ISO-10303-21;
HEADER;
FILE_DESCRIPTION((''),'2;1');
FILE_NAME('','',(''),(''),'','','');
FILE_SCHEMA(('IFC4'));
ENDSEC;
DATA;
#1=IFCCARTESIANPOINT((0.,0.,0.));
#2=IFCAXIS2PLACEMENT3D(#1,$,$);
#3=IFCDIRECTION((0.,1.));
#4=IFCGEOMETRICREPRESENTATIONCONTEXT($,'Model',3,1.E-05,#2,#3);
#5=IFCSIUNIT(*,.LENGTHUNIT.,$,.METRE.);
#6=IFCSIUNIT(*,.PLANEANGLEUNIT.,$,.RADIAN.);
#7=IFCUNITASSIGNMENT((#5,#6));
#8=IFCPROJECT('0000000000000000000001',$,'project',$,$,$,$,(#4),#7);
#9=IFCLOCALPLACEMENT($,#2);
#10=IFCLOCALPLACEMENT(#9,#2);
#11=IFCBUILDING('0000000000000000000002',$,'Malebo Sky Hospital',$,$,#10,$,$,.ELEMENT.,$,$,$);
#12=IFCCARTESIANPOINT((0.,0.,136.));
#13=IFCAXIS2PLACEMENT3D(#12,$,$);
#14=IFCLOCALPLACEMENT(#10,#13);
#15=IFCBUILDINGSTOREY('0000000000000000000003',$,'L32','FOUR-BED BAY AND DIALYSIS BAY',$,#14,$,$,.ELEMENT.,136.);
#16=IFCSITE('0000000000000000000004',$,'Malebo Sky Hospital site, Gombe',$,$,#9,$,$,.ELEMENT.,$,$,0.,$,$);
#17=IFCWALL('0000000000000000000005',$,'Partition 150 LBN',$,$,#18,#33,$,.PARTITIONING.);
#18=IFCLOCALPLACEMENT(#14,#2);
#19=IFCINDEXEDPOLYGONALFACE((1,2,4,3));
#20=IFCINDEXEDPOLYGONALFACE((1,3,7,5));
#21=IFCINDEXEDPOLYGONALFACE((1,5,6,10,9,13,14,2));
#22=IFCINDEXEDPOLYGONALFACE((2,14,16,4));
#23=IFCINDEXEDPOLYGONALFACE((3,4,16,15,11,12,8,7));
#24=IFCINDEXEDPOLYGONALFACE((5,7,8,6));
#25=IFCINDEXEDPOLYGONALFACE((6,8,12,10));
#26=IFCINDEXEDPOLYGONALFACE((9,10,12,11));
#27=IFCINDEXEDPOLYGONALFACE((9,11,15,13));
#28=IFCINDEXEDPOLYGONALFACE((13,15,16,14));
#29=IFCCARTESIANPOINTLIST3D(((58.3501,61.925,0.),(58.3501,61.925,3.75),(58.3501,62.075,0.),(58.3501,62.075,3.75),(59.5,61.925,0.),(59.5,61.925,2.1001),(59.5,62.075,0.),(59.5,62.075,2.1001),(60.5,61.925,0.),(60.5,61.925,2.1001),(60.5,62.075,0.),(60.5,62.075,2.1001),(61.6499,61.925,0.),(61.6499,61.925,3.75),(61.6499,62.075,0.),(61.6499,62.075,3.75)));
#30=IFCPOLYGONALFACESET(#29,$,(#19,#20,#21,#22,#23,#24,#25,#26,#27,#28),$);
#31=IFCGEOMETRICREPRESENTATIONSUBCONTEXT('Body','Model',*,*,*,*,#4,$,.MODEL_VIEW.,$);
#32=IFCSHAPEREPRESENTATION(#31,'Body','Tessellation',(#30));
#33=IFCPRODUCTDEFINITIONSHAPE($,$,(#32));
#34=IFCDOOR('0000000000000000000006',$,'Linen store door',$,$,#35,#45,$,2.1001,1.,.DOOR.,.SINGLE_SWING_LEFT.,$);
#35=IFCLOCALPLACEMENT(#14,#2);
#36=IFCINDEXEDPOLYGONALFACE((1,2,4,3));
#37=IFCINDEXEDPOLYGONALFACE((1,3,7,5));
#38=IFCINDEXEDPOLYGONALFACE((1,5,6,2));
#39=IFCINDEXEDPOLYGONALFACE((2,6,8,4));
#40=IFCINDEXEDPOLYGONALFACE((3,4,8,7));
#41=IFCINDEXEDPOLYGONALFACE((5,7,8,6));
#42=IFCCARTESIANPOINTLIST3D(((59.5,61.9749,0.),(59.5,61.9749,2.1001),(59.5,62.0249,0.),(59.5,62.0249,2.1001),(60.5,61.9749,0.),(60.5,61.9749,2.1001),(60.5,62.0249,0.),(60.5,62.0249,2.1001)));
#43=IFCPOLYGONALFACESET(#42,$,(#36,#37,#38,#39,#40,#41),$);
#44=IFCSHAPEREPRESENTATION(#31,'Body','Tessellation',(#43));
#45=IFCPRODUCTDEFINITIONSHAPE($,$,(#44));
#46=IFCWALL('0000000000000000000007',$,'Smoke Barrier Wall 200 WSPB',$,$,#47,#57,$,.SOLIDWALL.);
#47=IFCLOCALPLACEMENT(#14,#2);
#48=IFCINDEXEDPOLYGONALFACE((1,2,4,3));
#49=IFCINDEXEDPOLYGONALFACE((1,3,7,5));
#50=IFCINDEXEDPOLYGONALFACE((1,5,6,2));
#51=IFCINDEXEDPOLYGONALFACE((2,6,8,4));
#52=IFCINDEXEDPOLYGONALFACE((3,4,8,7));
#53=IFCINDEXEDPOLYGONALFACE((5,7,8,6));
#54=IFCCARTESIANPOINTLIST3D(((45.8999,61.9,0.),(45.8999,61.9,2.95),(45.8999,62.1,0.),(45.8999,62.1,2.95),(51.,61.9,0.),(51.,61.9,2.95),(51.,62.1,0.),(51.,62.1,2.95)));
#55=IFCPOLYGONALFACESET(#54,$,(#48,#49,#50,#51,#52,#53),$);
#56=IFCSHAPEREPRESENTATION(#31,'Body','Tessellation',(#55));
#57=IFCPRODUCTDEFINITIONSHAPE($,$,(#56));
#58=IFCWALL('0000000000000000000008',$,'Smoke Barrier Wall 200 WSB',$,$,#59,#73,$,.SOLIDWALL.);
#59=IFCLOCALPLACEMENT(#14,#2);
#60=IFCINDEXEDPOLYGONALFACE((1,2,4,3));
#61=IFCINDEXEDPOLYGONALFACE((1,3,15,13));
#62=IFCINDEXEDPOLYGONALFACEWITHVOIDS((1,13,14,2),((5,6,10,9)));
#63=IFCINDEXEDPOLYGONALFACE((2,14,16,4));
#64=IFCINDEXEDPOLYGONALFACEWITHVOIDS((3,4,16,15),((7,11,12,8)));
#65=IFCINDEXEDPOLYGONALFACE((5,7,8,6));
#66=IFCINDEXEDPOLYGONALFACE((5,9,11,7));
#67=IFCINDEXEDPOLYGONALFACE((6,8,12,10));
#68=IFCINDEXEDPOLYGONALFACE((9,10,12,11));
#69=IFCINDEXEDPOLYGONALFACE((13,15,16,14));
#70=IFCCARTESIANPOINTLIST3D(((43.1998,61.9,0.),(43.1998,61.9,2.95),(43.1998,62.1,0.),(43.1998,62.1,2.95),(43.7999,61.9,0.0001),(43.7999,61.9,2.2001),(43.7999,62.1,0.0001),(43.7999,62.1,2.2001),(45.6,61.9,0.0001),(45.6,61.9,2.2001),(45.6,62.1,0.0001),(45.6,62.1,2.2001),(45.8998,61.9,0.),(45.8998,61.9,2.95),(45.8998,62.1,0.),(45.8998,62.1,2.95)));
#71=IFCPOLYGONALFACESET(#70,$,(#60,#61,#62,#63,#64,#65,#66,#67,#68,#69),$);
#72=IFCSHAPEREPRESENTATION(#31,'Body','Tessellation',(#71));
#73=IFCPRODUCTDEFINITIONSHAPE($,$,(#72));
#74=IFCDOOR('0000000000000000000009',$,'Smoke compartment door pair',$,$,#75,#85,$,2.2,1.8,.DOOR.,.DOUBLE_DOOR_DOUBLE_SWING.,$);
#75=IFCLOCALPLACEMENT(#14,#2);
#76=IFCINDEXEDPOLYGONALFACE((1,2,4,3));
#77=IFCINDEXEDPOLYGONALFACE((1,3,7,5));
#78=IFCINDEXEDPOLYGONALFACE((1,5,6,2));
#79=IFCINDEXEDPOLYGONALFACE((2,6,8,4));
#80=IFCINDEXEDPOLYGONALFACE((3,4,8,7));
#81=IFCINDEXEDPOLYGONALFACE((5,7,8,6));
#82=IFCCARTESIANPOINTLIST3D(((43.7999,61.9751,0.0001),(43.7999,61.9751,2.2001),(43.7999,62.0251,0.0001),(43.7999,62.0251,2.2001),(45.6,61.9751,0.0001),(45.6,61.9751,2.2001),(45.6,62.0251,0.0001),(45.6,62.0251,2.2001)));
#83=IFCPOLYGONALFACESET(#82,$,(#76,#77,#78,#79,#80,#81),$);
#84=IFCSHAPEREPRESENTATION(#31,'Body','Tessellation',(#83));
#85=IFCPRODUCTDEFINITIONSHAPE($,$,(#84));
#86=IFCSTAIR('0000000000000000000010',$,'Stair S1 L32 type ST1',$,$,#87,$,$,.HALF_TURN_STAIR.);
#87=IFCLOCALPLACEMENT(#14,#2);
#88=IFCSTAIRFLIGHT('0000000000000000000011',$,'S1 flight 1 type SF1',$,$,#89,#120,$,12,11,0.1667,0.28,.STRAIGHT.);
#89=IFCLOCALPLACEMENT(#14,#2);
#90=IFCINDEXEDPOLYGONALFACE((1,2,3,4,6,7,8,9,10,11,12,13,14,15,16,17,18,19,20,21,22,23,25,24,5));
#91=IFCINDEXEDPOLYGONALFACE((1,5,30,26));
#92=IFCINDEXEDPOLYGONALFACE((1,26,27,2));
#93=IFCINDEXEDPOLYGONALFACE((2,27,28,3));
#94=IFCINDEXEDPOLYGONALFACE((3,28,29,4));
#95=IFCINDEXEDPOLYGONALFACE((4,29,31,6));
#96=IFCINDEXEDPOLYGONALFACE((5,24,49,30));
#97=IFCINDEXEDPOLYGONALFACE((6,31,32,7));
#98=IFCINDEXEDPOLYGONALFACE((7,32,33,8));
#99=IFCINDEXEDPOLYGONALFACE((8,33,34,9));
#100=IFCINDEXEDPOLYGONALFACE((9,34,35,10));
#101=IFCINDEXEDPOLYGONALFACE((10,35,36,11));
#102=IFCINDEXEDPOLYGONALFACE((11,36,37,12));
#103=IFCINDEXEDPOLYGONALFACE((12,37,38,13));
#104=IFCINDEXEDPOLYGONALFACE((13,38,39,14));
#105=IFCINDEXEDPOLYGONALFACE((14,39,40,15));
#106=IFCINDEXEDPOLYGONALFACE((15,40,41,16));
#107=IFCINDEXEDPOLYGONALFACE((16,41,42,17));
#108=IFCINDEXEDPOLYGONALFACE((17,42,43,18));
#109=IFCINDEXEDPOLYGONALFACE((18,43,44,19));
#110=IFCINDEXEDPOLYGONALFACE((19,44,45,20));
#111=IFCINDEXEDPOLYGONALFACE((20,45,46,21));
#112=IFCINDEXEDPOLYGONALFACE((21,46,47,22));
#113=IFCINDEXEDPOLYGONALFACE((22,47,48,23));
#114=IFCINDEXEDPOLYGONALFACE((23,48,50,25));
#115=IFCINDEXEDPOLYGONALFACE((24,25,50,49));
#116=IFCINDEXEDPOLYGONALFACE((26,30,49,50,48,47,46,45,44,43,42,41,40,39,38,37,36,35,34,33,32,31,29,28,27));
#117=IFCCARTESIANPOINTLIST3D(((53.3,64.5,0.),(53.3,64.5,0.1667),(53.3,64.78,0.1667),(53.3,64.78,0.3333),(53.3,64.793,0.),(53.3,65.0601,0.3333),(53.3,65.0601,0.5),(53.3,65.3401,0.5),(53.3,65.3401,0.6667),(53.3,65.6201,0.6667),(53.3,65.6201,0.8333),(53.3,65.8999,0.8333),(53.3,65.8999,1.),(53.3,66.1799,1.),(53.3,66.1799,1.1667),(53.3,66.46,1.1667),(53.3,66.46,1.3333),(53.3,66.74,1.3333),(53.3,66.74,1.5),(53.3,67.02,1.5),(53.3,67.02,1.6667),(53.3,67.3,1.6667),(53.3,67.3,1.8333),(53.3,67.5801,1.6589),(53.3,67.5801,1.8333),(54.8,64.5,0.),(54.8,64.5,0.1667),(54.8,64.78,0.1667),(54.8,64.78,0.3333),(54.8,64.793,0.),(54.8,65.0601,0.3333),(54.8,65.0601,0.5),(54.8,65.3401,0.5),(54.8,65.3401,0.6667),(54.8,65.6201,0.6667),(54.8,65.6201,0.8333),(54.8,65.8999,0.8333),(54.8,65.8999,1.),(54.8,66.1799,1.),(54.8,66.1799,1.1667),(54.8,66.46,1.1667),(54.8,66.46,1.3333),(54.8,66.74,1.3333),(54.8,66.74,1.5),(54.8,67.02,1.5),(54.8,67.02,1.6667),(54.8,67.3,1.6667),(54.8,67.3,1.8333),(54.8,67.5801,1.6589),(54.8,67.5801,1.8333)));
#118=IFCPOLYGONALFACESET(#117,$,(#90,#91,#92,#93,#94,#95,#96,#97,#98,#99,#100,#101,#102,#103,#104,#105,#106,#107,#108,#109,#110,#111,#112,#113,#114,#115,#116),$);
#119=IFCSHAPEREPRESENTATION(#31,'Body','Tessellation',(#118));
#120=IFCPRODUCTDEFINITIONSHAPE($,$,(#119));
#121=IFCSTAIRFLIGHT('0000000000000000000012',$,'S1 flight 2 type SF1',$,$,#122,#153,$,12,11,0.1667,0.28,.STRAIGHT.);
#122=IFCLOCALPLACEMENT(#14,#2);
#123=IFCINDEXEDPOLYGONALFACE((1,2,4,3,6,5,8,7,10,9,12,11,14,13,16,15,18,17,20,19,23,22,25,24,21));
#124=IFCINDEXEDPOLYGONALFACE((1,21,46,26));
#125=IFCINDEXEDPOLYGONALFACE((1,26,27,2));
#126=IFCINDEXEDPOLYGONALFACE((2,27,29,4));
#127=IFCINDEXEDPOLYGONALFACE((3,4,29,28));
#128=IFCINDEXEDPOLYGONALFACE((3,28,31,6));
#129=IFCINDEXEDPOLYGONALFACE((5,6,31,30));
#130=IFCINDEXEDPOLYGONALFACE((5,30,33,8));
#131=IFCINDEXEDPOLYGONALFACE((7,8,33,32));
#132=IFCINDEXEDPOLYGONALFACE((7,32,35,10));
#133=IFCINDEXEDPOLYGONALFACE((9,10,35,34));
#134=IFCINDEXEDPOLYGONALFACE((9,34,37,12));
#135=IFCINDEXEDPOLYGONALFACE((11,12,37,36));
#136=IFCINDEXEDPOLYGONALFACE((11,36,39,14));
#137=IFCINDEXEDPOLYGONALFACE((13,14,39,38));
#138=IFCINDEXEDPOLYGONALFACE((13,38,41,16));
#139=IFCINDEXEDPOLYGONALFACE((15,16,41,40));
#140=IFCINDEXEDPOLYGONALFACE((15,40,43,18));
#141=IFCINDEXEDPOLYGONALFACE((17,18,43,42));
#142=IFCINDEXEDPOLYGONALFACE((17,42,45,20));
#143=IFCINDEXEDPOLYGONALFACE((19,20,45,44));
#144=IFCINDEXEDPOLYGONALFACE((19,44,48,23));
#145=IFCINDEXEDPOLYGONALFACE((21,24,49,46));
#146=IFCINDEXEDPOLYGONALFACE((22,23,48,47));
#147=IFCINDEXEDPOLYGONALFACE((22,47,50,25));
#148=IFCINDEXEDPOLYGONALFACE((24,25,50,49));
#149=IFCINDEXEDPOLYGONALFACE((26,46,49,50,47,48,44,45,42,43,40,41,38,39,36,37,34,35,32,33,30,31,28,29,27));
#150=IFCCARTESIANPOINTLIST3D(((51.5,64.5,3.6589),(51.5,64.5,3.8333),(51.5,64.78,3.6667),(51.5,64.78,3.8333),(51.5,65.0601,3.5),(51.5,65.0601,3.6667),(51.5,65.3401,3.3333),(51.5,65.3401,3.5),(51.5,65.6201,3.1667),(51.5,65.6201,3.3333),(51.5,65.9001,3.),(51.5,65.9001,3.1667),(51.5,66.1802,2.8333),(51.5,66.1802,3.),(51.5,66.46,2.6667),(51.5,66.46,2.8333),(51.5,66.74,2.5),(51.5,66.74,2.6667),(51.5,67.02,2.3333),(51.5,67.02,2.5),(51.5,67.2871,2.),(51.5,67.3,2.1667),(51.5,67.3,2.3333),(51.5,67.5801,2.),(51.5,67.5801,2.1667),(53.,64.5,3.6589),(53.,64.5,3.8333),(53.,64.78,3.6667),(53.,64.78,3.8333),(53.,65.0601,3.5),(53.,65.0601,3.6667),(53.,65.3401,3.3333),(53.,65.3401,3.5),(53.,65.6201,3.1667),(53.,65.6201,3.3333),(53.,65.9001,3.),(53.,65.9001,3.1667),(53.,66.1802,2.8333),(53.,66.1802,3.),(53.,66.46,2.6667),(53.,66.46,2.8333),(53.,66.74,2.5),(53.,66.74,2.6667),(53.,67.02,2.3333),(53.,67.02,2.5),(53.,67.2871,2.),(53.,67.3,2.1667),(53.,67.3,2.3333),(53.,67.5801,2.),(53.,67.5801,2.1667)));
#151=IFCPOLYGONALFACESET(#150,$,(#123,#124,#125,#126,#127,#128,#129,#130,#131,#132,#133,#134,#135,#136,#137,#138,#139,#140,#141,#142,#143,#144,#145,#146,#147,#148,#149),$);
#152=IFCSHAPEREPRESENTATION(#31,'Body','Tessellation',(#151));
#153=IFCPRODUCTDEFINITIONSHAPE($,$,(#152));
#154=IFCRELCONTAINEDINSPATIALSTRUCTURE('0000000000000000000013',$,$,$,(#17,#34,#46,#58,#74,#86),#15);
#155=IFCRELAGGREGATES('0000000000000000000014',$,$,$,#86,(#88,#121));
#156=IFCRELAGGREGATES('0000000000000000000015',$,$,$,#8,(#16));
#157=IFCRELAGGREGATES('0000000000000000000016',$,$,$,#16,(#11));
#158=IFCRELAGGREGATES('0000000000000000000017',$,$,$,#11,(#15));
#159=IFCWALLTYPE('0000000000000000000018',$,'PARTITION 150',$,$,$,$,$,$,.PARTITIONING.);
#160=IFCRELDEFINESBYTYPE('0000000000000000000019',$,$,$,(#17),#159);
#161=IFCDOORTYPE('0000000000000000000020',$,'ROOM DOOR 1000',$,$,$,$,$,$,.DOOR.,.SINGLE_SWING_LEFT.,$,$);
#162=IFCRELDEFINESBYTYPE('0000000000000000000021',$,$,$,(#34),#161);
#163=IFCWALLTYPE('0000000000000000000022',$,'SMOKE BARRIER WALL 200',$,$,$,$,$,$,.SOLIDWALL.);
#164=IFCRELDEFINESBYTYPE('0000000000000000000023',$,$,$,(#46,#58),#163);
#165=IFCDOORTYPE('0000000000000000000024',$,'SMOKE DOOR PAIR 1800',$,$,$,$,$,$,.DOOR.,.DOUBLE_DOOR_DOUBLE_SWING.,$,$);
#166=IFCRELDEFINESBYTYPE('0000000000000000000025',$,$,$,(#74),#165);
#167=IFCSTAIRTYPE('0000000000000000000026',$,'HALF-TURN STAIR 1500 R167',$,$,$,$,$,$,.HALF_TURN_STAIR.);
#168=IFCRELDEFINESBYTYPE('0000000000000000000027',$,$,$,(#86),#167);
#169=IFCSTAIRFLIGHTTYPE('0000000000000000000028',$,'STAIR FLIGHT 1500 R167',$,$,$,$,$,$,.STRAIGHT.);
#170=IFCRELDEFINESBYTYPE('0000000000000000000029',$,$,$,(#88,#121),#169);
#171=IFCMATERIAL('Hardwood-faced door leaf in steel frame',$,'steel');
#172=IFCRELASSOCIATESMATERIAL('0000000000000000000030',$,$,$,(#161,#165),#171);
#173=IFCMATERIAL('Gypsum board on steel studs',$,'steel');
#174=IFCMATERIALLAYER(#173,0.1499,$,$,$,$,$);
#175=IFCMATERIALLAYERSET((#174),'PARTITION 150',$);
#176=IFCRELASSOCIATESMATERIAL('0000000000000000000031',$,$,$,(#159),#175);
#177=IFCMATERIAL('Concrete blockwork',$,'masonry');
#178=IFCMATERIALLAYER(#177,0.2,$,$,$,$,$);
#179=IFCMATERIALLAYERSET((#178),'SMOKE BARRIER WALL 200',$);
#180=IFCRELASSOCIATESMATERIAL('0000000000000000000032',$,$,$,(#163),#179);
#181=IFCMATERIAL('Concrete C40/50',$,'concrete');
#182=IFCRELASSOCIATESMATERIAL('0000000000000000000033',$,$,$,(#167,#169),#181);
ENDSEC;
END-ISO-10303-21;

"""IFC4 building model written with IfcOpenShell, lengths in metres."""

from ifc_helpers import new_model, si_unit, direction, frame, frame_2d, origin, place, context, subcontext, project, spatial, polyline, rectangle, outline, extrude, material, layer, layer_set, type_object, element, fill, aggregate, save


model = new_model("IFC4")

# Units and contexts
model_context = context("Model", 3, precision=1e-05, world=origin(), true_north=direction((0.0, 1.0)))
body_context = subcontext(model_context, "Body", "Model", "MODEL_VIEW")
ifc_project = project(units=[si_unit("LENGTHUNIT", "METRE"), si_unit("PLANEANGLEUNIT", "RADIAN")], contexts=[model_context])

# Site, building, storey
site_placement = place(None, origin())
site = spatial("IfcSite", under=ifc_project, at=site_placement, Name="Malebo Sky Hospital site, Gombe", CompositionType="ELEMENT", RefElevation=0.0)
building_placement = place(site_placement, origin())
building = spatial("IfcBuilding", under=site, at=building_placement, Name="Malebo Sky Hospital", CompositionType="ELEMENT")
storey_placement = place(building_placement, frame((0.0, 0.0, 136.0)))
storey = spatial("IfcBuildingStorey", under=building, at=storey_placement, Name="L32", Description="FOUR-BED BAY AND DIALYSIS BAY", CompositionType="ELEMENT", Elevation=136.0)

# Shared definitions
ifc_material_1 = material(Name="Hardwood-faced door leaf in steel frame", Category="steel")

# Shared definitions
ifc_material_2 = material(Name="Gypsum board on steel studs", Category="steel")
door_type_1 = type_object("IfcDoorType", Name="ROOM DOOR 1000", OperationType="SINGLE_SWING_LEFT", PredefinedType="DOOR", material=ifc_material_1)

# Shared definitions
ifc_layer_1 = layer(ifc_material_2, 0.1499)
ifc_layer_set_1 = layer_set([ifc_layer_1], Name="PARTITION 150")
wall_type_1 = type_object("IfcWallType", Name="PARTITION 150", PredefinedType="PARTITIONING", material=ifc_layer_set_1)

# Wall, opening, door
wall_1_placement = place(storey_placement, frame((58.3501, 62.0, 0.0), z_axis=(0.0, 0.0, 1.0), x_axis=(1.0, 0.0, 0.0)))
wall_1 = element("IfcWall", 1, at=wall_1_placement, inside=storey, type_object=wall_type_1, Name="Partition 150 LBN", PredefinedType="PARTITIONING", context=body_context, shape_type="SweptSolid", body=[
    extrude(rectangle(XDim=3.2998, YDim=0.1499, at=frame_2d((1.6499, 0.0))), origin(), (0.0, 0.0, 1.0), 3.75),
])
opening_1_placement = place(wall_1_placement, frame((1.1499, 0.0, 0.0)))
opening_1 = element("IfcOpeningElement", 2, at=opening_1_placement, cuts=wall_1, PredefinedType="OPENING", context=body_context, shape_type="SweptSolid", body=[
    extrude(rectangle(XDim=1.0, YDim=2.1001, at=frame_2d((0.5, 1.05))), frame((0.0, 0.085, 0.0), z_axis=(0.0, -1.0, 0.0), x_axis=(1.0, 0.0, 0.0)), (0.0, 0.0, 1.0), 0.1699),
])
door_1_placement = place(opening_1_placement, origin())
door_1 = element("IfcDoor", 3, at=door_1_placement, inside=storey, type_object=door_type_1, Name="Linen store door", OperationType="SINGLE_SWING_LEFT", OverallHeight=2.1001, OverallWidth=1.0, PredefinedType="DOOR", context=body_context, shape_type="SweptSolid", body=[
    extrude(rectangle(XDim=1.0, YDim=2.1001, at=frame_2d((0.5, 1.05))), frame((0.0, 0.0249, 0.0), z_axis=(0.0, -1.0, 0.0), x_axis=(1.0, 0.0, 0.0)), (0.0, 0.0, 1.0), 0.05),
])
fill(opening_1, door_1)

# Wall
ifc_material_3 = material(Name="Concrete blockwork", Category="masonry")
ifc_layer_2 = layer(ifc_material_3, 0.2)
ifc_layer_set_2 = layer_set([ifc_layer_2], Name="SMOKE BARRIER WALL 200")
wall_type_2 = type_object("IfcWallType", Name="SMOKE BARRIER WALL 200", PredefinedType="SOLIDWALL", material=ifc_layer_set_2)
wall_2_placement = place(storey_placement, frame((51.0, 62.0, 0.0), z_axis=(0.0, 0.0, 1.0), x_axis=(-1.0, 0.0, 0.0)))
element("IfcWall", 4, at=wall_2_placement, inside=storey, type_object=wall_type_2, Name="Smoke Barrier Wall 200 WSPB", PredefinedType="SOLIDWALL", context=body_context, shape_type="SweptSolid", body=[
    extrude(rectangle(XDim=5.1001, YDim=0.2, at=frame_2d((2.55, 0.0))), origin(), (0.0, 0.0, 1.0), 2.95),
])

# Wall, opening, door
wall_3_placement = place(storey_placement, frame((45.8999, 62.0, 0.0), z_axis=(0.0, 0.0, 1.0), x_axis=(-1.0, 0.0, 0.0)))
wall_3 = element("IfcWall", 5, at=wall_3_placement, inside=storey, type_object=wall_type_2, Name="Smoke Barrier Wall 200 WSB", PredefinedType="SOLIDWALL", context=body_context, shape_type="SweptSolid", body=[
    extrude(rectangle(XDim=2.7, YDim=0.2, at=frame_2d((1.3501, 0.0))), origin(), (0.0, 0.0, 1.0), 2.95),
])
opening_2_placement = place(wall_3_placement, frame((0.3, 0.0, 0.0)))
opening_2 = element("IfcOpeningElement", 6, at=opening_2_placement, cuts=wall_3, PredefinedType="OPENING", context=body_context, shape_type="SweptSolid", body=[
    extrude(rectangle(XDim=1.8, YDim=2.2, at=frame_2d((0.8999, 1.1001))), frame((0.0, 0.1099, 0.0), z_axis=(0.0, -1.0, 0.0), x_axis=(1.0, 0.0, 0.0)), (0.0, 0.0, 1.0), 0.22),
])
door_type_2 = type_object("IfcDoorType", Name="SMOKE DOOR PAIR 1800", OperationType="DOUBLE_DOOR_DOUBLE_SWING", PredefinedType="DOOR", material=ifc_material_1)
door_2_placement = place(opening_2_placement, origin())
door_2 = element("IfcDoor", 7, at=door_2_placement, inside=storey, type_object=door_type_2, Name="Smoke compartment door pair", OperationType="DOUBLE_DOOR_DOUBLE_SWING", OverallHeight=2.2, OverallWidth=1.8, PredefinedType="DOOR", context=body_context, shape_type="SweptSolid", body=[
    extrude(rectangle(XDim=1.8, YDim=2.2, at=frame_2d((0.8999, 1.1001))), frame((0.0, 0.0249, 0.0), z_axis=(0.0, -1.0, 0.0), x_axis=(1.0, 0.0, 0.0)), (0.0, 0.0, 1.0), 0.05),
])
fill(opening_2, door_2)

# Stair, stair flights
ifc_material_4 = material(Name="Concrete C40/50", Category="concrete")
stair_type = type_object("IfcStairType", Name="HALF-TURN STAIR 1500 R167", PredefinedType="HALF_TURN_STAIR", material=ifc_material_4)
stair_placement = place(storey_placement, origin())
stair = element("IfcStair", 8, at=stair_placement, inside=storey, type_object=stair_type, Name="Stair S1 L32 type ST1", PredefinedType="HALF_TURN_STAIR")
stair_flight_type = type_object("IfcStairFlightType", Name="STAIR FLIGHT 1500 R167", PredefinedType="STRAIGHT", material=ifc_material_4)
stair_flight_1_placement = place(storey_placement, frame((54.05, 64.5, 0.0), z_axis=(0.0, 0.0, 1.0), x_axis=(0.0, 1.0, 0.0)))
stair_flight_1 = element("IfcStairFlight", 9, at=stair_flight_1_placement, type_object=stair_flight_type, Name="S1 flight 1 type SF1", NumberOfRisers=12, NumberOfTreads=11, PredefinedType="STRAIGHT", RiserHeight=0.1667, TreadLength=0.28, context=body_context, shape_type="SweptSolid", body=[
    extrude(outline(polyline([(0.0, 0.0), (0.0, 0.1667), (0.28, 0.1667), (0.28, 0.3333), (0.5601, 0.3333), (0.5601, 0.5), (0.8401, 0.5), (0.8401, 0.6667), (1.1201, 0.6667), (1.1201, 0.8333), (1.3999, 0.8333), (1.3999, 1.0), (1.6799, 1.0), (1.6799, 1.1667), (1.96, 1.1667), (1.96, 1.3333), (2.24, 1.3333), (2.24, 1.5), (2.52, 1.5), (2.52, 1.6667), (2.8, 1.6667), (2.8, 1.8333), (3.0801, 1.8333), (3.0801, 2.0), (3.0801, 1.6589), (0.293, 0.0), (0.0, 0.0)])), frame((0.0, 0.75, 0.0), z_axis=(0.0, -1.0, 0.0), x_axis=(1.0, 0.0, 0.0)), (0.0, 0.0, 1.0), 1.5),
])
stair_flight_2_placement = place(storey_placement, frame((52.25, 67.5801, 2.0), z_axis=(0.0, 0.0, 1.0), x_axis=(0.0, -1.0, 0.0)))
stair_flight_2 = element("IfcStairFlight", 10, at=stair_flight_2_placement, type_object=stair_flight_type, Name="S1 flight 2 type SF1", NumberOfRisers=12, NumberOfTreads=11, PredefinedType="STRAIGHT", RiserHeight=0.1667, TreadLength=0.28, context=body_context, shape_type="SweptSolid", body=[
    extrude(outline(polyline([(0.0, 0.0), (0.0, 0.1667), (0.28, 0.1667), (0.28, 0.3333), (0.5601, 0.3333), (0.5601, 0.5), (0.8401, 0.5), (0.8401, 0.6667), (1.1201, 0.6667), (1.1201, 0.8333), (1.3999, 0.8333), (1.3999, 1.0), (1.6799, 1.0), (1.6799, 1.1667), (1.96, 1.1667), (1.96, 1.3333), (2.24, 1.3333), (2.24, 1.5), (2.52, 1.5), (2.52, 1.6667), (2.8, 1.6667), (2.8, 1.8333), (3.0801, 1.8333), (3.0801, 2.0), (3.0801, 1.6589), (0.293, 0.0), (0.0, 0.0)])), frame((0.0, 0.75, 0.0), z_axis=(0.0, -1.0, 0.0), x_axis=(1.0, 0.0, 0.0)), (0.0, 0.0, 1.0), 1.5),
])
aggregate(stair, [stair_flight_1, stair_flight_2])

save(model, "model.ifc")
